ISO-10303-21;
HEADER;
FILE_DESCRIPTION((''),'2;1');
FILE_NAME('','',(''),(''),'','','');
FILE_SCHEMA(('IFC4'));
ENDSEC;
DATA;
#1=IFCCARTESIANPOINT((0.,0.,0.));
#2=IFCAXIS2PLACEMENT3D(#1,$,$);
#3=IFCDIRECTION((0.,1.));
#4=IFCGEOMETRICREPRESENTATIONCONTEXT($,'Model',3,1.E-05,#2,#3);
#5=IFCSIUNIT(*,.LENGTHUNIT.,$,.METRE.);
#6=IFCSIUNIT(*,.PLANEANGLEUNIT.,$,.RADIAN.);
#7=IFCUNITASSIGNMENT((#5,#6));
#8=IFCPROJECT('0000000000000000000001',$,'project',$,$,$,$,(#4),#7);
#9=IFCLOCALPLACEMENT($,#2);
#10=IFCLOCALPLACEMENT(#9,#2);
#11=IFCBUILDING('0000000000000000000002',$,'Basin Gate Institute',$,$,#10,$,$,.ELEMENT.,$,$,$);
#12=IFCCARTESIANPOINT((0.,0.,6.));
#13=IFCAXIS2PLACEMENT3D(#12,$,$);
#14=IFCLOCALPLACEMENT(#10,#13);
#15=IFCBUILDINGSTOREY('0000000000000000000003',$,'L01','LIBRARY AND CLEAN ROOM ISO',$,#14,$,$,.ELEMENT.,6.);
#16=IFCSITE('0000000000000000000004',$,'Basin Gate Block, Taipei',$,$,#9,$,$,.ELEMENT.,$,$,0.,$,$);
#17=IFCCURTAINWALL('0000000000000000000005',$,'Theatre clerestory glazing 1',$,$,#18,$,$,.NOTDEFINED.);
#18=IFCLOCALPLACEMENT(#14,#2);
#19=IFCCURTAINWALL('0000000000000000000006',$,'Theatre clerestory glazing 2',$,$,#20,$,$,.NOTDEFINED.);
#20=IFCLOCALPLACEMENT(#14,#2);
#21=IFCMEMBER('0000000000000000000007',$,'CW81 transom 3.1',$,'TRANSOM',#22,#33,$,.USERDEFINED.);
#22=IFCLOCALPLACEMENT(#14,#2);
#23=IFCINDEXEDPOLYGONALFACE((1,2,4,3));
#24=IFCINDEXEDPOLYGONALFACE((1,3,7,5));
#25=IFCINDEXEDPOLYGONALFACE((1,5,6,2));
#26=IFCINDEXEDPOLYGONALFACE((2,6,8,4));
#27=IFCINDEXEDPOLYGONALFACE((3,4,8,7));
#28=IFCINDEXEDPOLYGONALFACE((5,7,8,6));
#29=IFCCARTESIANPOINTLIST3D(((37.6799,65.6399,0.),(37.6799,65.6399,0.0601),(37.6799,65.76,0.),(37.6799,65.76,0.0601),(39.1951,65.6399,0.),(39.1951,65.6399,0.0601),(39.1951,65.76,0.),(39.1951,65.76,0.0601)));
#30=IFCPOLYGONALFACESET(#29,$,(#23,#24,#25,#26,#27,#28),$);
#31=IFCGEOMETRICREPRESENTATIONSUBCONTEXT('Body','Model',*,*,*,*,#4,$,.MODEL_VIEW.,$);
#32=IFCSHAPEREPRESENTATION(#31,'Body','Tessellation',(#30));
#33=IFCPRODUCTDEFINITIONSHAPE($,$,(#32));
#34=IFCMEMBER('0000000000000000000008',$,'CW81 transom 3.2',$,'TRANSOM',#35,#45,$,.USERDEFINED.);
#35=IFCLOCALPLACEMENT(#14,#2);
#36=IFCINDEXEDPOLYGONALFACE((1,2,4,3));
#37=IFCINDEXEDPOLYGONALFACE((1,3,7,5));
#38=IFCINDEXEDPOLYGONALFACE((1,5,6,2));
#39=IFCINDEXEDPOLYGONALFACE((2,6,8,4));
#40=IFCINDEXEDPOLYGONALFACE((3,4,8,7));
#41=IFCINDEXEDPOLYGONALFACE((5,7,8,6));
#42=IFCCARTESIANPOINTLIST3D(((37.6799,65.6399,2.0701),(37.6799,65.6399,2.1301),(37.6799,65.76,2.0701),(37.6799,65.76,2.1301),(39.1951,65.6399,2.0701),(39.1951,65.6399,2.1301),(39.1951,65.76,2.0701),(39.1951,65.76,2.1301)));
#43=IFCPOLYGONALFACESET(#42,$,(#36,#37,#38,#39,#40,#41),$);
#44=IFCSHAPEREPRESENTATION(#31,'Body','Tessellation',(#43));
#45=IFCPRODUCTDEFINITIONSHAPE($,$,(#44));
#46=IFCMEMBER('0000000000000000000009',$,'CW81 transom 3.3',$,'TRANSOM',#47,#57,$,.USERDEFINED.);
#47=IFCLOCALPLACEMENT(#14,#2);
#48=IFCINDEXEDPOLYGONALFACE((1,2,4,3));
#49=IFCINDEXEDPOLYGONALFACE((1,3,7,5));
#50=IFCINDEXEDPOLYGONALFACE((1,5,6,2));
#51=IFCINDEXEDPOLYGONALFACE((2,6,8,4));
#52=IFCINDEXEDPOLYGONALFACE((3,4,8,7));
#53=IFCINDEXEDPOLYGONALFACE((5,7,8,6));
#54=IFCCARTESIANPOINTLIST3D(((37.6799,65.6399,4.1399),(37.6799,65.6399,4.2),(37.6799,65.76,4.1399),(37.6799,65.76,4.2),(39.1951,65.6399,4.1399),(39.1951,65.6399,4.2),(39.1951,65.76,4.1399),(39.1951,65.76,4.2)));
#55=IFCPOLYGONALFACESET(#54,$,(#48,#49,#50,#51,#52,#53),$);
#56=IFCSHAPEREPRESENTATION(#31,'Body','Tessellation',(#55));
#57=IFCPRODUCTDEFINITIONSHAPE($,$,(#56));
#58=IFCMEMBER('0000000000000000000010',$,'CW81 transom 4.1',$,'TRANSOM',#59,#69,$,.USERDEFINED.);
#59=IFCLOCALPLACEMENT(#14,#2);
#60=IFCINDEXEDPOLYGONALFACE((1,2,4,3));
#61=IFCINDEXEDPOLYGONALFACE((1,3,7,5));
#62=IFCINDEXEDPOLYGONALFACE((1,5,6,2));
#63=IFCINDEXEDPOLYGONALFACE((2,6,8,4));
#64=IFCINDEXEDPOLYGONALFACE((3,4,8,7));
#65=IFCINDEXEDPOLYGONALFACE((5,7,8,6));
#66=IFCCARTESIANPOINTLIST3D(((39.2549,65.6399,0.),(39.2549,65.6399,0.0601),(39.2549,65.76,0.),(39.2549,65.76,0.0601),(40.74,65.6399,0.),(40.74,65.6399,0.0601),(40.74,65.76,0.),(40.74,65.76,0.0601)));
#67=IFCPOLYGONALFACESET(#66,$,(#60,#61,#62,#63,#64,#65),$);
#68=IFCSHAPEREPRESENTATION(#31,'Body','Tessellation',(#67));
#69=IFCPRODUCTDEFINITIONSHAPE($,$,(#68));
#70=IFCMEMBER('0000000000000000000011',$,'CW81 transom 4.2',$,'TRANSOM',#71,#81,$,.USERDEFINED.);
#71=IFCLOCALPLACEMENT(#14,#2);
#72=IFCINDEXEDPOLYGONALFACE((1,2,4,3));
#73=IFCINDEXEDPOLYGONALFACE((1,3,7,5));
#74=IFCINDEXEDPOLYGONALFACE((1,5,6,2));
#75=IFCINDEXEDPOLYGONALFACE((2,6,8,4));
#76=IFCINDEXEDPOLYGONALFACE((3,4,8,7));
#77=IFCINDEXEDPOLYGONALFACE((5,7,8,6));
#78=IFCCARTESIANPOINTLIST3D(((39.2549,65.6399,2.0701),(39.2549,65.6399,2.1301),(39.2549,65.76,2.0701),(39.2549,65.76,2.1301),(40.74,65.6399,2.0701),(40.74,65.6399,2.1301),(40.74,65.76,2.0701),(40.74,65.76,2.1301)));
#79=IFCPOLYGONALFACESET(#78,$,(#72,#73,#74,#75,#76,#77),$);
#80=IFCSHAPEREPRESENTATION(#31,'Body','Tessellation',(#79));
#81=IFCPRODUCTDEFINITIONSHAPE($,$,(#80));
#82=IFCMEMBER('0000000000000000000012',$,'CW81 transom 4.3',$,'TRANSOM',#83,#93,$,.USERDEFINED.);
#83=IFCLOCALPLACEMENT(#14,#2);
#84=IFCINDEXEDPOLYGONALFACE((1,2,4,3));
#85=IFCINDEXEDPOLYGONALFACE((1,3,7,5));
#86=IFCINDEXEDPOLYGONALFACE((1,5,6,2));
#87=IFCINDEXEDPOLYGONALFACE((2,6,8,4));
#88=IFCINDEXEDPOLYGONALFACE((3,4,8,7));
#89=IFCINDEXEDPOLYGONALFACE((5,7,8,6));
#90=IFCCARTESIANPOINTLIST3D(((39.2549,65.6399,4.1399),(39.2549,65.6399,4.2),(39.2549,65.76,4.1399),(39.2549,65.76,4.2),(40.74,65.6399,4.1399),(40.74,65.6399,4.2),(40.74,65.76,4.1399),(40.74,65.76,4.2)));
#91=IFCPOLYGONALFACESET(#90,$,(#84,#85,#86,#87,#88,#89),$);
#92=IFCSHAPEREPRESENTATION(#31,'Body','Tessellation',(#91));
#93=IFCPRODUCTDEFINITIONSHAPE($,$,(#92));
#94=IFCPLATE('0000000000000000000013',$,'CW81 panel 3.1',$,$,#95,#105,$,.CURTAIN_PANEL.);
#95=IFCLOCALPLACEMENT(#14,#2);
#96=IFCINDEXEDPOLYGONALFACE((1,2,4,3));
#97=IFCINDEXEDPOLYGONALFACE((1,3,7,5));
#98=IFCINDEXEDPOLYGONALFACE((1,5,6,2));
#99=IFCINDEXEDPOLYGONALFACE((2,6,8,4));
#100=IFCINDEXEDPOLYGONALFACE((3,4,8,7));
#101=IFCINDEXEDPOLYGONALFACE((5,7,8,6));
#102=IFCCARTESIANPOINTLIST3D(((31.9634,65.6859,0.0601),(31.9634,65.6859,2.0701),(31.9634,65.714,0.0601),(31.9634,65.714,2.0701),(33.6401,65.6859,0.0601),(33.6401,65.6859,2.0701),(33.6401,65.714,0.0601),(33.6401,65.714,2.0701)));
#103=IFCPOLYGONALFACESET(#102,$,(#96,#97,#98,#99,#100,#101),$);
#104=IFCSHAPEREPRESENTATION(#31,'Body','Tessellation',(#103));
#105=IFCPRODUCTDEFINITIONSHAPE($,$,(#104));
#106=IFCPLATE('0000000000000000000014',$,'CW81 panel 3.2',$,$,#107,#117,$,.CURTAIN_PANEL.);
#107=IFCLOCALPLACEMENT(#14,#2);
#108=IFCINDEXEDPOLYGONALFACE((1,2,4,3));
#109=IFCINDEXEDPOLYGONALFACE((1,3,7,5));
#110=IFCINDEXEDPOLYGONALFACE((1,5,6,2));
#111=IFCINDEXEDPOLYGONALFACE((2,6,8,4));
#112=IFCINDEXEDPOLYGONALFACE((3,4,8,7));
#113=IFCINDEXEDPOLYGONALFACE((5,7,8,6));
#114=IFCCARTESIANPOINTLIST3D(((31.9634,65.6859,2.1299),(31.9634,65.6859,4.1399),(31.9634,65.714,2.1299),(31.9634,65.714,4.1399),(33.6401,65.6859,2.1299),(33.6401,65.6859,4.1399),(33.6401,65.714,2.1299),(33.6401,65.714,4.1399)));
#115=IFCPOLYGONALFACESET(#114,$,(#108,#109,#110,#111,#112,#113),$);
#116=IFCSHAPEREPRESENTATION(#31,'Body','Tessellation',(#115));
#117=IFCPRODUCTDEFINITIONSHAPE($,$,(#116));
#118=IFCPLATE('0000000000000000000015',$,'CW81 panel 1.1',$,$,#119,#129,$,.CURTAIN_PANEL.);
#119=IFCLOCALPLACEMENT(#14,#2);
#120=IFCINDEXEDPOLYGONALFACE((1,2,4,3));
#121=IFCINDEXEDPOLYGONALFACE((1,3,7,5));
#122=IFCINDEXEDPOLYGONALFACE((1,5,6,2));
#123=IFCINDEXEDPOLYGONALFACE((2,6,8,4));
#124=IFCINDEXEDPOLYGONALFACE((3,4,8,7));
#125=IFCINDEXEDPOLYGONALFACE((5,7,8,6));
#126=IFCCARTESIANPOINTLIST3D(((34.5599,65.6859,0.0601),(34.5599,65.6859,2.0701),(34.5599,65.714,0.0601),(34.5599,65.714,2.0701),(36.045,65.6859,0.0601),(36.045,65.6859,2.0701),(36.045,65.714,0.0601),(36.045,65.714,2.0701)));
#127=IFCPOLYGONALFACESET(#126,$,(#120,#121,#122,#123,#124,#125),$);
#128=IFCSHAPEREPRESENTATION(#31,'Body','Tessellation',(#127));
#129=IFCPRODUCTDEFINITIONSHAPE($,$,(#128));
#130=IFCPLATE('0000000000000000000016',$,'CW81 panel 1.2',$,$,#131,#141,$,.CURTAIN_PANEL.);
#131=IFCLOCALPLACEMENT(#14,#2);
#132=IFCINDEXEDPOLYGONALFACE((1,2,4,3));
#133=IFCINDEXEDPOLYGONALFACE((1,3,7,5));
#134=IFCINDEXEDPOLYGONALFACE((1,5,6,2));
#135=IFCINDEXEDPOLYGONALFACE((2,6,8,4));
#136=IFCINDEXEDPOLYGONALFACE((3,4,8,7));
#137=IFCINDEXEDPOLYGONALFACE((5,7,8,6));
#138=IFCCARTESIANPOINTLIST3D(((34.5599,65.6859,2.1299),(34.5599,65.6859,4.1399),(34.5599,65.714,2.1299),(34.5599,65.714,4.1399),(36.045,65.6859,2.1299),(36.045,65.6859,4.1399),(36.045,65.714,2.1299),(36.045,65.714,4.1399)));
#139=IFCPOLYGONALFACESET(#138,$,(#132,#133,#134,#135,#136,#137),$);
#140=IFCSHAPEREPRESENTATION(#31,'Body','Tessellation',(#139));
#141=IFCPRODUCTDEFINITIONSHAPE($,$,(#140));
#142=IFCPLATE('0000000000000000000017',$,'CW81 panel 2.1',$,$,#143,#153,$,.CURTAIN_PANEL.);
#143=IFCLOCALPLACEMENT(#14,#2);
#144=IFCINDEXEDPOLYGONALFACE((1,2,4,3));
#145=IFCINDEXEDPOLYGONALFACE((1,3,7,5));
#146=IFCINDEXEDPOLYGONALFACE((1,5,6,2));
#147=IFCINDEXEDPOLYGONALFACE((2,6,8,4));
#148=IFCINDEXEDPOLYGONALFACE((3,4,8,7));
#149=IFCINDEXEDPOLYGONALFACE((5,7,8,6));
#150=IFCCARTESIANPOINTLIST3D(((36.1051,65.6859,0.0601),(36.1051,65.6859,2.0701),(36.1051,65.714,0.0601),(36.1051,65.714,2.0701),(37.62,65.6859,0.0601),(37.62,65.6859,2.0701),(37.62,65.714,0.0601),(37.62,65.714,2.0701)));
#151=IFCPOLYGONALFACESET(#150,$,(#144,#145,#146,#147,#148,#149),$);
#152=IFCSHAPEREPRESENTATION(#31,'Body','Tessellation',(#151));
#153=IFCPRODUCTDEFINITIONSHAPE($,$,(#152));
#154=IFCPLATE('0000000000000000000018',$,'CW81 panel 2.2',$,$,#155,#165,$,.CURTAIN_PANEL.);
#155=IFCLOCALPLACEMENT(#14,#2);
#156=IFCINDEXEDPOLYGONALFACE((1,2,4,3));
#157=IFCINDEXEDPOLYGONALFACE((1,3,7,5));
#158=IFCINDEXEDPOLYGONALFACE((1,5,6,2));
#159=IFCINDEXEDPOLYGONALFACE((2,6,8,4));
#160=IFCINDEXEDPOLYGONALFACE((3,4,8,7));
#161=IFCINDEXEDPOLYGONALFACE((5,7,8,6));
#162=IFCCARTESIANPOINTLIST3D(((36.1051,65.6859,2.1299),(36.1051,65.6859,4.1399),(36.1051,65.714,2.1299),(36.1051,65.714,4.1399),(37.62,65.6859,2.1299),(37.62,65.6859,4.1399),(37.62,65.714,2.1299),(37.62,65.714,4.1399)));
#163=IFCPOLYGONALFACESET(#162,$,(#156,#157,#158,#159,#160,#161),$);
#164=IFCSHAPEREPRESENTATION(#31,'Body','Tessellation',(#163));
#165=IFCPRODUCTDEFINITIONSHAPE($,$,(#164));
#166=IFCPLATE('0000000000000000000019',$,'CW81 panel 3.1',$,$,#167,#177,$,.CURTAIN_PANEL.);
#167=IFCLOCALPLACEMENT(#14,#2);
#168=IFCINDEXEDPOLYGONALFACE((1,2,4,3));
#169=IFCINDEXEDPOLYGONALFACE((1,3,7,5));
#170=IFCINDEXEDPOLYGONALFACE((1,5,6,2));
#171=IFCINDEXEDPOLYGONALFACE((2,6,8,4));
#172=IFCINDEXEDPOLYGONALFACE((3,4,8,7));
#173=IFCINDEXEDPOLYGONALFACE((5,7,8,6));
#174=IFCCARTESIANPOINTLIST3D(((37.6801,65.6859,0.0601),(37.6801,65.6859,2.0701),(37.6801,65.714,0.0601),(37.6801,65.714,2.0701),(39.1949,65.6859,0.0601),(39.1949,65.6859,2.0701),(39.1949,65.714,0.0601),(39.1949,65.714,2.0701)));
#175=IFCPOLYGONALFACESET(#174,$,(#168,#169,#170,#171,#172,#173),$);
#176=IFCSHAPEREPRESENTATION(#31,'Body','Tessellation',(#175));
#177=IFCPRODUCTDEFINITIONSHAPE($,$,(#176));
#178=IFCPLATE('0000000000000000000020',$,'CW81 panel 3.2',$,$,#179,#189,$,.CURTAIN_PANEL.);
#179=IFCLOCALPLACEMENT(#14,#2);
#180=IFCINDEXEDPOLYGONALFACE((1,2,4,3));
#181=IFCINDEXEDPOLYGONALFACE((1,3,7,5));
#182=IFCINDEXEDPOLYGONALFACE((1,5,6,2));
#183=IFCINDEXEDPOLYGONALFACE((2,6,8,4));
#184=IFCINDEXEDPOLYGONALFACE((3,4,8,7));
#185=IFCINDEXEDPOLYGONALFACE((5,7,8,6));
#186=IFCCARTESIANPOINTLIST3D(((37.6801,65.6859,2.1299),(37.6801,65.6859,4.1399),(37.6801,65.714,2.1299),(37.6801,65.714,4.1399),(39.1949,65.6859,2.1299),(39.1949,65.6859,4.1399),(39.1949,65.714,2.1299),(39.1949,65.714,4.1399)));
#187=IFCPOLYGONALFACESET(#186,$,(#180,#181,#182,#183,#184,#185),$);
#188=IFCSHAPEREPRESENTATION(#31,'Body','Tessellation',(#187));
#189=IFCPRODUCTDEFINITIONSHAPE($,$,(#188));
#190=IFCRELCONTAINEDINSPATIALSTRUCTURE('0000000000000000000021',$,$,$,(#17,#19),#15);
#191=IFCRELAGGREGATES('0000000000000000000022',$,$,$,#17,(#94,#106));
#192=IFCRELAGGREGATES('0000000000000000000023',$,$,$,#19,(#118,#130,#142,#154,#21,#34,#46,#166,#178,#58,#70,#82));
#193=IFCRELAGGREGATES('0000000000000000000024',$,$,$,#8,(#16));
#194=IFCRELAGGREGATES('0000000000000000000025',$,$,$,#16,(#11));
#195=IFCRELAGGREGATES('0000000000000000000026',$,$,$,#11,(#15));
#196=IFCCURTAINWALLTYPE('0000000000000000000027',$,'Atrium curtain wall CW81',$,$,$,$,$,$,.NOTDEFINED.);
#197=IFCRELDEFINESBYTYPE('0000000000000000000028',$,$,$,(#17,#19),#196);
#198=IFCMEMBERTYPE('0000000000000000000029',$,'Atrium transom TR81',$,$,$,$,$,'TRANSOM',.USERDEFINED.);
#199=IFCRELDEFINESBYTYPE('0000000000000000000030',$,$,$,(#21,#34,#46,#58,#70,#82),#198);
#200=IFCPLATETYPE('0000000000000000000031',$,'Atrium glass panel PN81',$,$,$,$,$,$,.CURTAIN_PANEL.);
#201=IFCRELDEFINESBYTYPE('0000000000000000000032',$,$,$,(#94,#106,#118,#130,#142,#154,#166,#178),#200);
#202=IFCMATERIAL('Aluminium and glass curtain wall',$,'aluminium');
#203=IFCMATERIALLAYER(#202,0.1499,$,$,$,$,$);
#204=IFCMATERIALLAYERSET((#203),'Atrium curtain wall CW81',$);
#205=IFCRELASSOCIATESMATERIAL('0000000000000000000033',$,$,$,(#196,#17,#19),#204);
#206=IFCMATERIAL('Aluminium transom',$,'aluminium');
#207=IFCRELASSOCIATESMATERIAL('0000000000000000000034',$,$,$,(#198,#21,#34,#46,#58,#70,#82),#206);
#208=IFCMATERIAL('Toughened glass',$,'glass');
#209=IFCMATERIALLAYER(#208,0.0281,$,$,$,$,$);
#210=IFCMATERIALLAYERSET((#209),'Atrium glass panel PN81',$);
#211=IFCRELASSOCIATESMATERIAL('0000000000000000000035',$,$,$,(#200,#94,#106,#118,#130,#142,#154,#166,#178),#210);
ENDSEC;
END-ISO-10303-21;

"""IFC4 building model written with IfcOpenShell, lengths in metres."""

from ifc_helpers import new_model, si_unit, direction, frame, origin, origin_2d, place, context, subcontext, project, spatial, rectangle, extrude, material, layer, layer_set, material_profile, profile_set, type_object, element, aggregate, save


model = new_model("IFC4")

# Units and contexts
model_context = context("Model", 3, precision=1e-05, world=origin(), true_north=direction((0.0, 1.0)))
body_context = subcontext(model_context, "Body", "Model", "MODEL_VIEW")
ifc_project = project(units=[si_unit("LENGTHUNIT", "METRE"), si_unit("PLANEANGLEUNIT", "RADIAN")], contexts=[model_context])

# Site, building, storey
site_placement = place(None, origin())
site = spatial("IfcSite", under=ifc_project, at=site_placement, Name="Basin Gate Block, Taipei", CompositionType="ELEMENT", RefElevation=0.0)
building_placement = place(site_placement, origin())
building = spatial("IfcBuilding", under=site, at=building_placement, Name="Basin Gate Institute", CompositionType="ELEMENT")
storey_placement = place(building_placement, frame((0.0, 0.0, 6.0)))
storey = spatial("IfcBuildingStorey", under=building, at=storey_placement, Name="L01", Description="LIBRARY AND CLEAN ROOM ISO", CompositionType="ELEMENT", Elevation=6.0)

# Curtain wall
ifc_material_1 = material(Name="Aluminium and glass curtain wall", Category="aluminium")
ifc_layer_1 = layer(ifc_material_1, 0.1499)
ifc_layer_set_1 = layer_set([ifc_layer_1], Name="Atrium curtain wall CW81")
curtain_wall_type = type_object("IfcCurtainWallType", Name="Atrium curtain wall CW81", PredefinedType="NOTDEFINED", material=ifc_layer_set_1)
curtain_wall_1_placement = place(storey_placement, origin())
curtain_wall_1 = element("IfcCurtainWall", 1, at=curtain_wall_1_placement, inside=storey, type_object=curtain_wall_type, material=ifc_layer_set_1, Name="Theatre clerestory glazing 1", PredefinedType="NOTDEFINED")

# Curtain wall, members
curtain_wall_2_placement = place(storey_placement, origin())
curtain_wall_2 = element("IfcCurtainWall", 2, at=curtain_wall_2_placement, inside=storey, type_object=curtain_wall_type, material=ifc_layer_set_1, Name="Theatre clerestory glazing 2", PredefinedType="NOTDEFINED")
ifc_material_2 = material(Name="Aluminium transom", Category="aluminium")
ifc_material_profile_1 = material_profile(ifc_material_2, rectangle(XDim=0.1201, YDim=0.0601, at=origin_2d()), Name="Atrium transom TR81 120 x 60")
ifc_profile_set_1 = profile_set([ifc_material_profile_1], Name="Aluminium transom")
member_type_1 = type_object("IfcMemberType", Name="Atrium transom TR81", ElementType="TRANSOM", PredefinedType="USERDEFINED", material=ifc_profile_set_1)
member_1_placement = place(storey_placement, frame((37.6799, 65.7, 0.03), z_axis=(1.0, 0.0, 0.0), x_axis=(0.0, 1.0, 0.0)))
member_1 = element("IfcMember", 3, at=member_1_placement, type_object=member_type_1, material=ifc_profile_set_1, Name="CW81 transom 3.1", ObjectType="TRANSOM", PredefinedType="USERDEFINED", context=body_context, shape_type="SweptSolid", body=[
    extrude(rectangle(XDim=0.1201, YDim=0.0601, at=origin_2d()), origin(), (0.0, 0.0, 1.0), 1.5151),
])
member_2_placement = place(storey_placement, frame((37.6799, 65.7, 2.1001), z_axis=(1.0, 0.0, 0.0), x_axis=(0.0, 1.0, 0.0)))
member_2 = element("IfcMember", 4, at=member_2_placement, type_object=member_type_1, material=ifc_profile_set_1, Name="CW81 transom 3.2", ObjectType="TRANSOM", PredefinedType="USERDEFINED", context=body_context, shape_type="SweptSolid", body=[
    extrude(rectangle(XDim=0.1201, YDim=0.0601, at=origin_2d()), origin(), (0.0, 0.0, 1.0), 1.5151),
])
member_3_placement = place(storey_placement, frame((37.6799, 65.7, 4.1699), z_axis=(1.0, 0.0, 0.0), x_axis=(0.0, 1.0, 0.0)))
member_3 = element("IfcMember", 5, at=member_3_placement, type_object=member_type_1, material=ifc_profile_set_1, Name="CW81 transom 3.3", ObjectType="TRANSOM", PredefinedType="USERDEFINED", context=body_context, shape_type="SweptSolid", body=[
    extrude(rectangle(XDim=0.1201, YDim=0.0601, at=origin_2d()), origin(), (0.0, 0.0, 1.0), 1.5151),
])
member_4_placement = place(storey_placement, frame((39.2549, 65.7, 0.03), z_axis=(1.0, 0.0, 0.0), x_axis=(0.0, 1.0, 0.0)))
member_4 = element("IfcMember", 6, at=member_4_placement, type_object=member_type_1, material=ifc_profile_set_1, Name="CW81 transom 4.1", ObjectType="TRANSOM", PredefinedType="USERDEFINED", context=body_context, shape_type="SweptSolid", body=[
    extrude(rectangle(XDim=0.1201, YDim=0.0601, at=origin_2d()), origin(), (0.0, 0.0, 1.0), 1.4851),
])
member_5_placement = place(storey_placement, frame((39.2549, 65.7, 2.1001), z_axis=(1.0, 0.0, 0.0), x_axis=(0.0, 1.0, 0.0)))
member_5 = element("IfcMember", 7, at=member_5_placement, type_object=member_type_1, material=ifc_profile_set_1, Name="CW81 transom 4.2", ObjectType="TRANSOM", PredefinedType="USERDEFINED", context=body_context, shape_type="SweptSolid", body=[
    extrude(rectangle(XDim=0.1201, YDim=0.0601, at=origin_2d()), origin(), (0.0, 0.0, 1.0), 1.4851),
])
member_6_placement = place(storey_placement, frame((39.2549, 65.7, 4.1699), z_axis=(1.0, 0.0, 0.0), x_axis=(0.0, 1.0, 0.0)))
member_6 = element("IfcMember", 8, at=member_6_placement, type_object=member_type_1, material=ifc_profile_set_1, Name="CW81 transom 4.3", ObjectType="TRANSOM", PredefinedType="USERDEFINED", context=body_context, shape_type="SweptSolid", body=[
    extrude(rectangle(XDim=0.1201, YDim=0.0601, at=origin_2d()), origin(), (0.0, 0.0, 1.0), 1.4851),
])

# Plates
ifc_material_3 = material(Name="Toughened glass", Category="glass")
ifc_layer_2 = layer(ifc_material_3, 0.0281)
ifc_layer_set_2 = layer_set([ifc_layer_2], Name="Atrium glass panel PN81")
plate_type = type_object("IfcPlateType", Name="Atrium glass panel PN81", PredefinedType="CURTAIN_PANEL", material=ifc_layer_set_2)
plate_1_placement = place(storey_placement, frame((32.8018, 65.7, 0.0601), z_axis=(0.0, 0.0, 1.0), x_axis=(1.0, 0.0, 0.0)))
plate_1 = element("IfcPlate", 9, at=plate_1_placement, type_object=plate_type, material=ifc_layer_set_2, Name="CW81 panel 3.1", PredefinedType="CURTAIN_PANEL", context=body_context, shape_type="SweptSolid", body=[
    extrude(rectangle(XDim=1.6768, YDim=0.0281, at=origin_2d()), origin(), (0.0, 0.0, 1.0), 2.01),
])
plate_2_placement = place(storey_placement, frame((32.8018, 65.7, 2.1299), z_axis=(0.0, 0.0, 1.0), x_axis=(1.0, 0.0, 0.0)))
plate_2 = element("IfcPlate", 10, at=plate_2_placement, type_object=plate_type, material=ifc_layer_set_2, Name="CW81 panel 3.2", PredefinedType="CURTAIN_PANEL", context=body_context, shape_type="SweptSolid", body=[
    extrude(rectangle(XDim=1.6768, YDim=0.0281, at=origin_2d()), origin(), (0.0, 0.0, 1.0), 2.01),
])
aggregate(curtain_wall_1, [plate_1, plate_2])
plate_3_placement = place(storey_placement, frame((35.3025, 65.7, 0.0601), z_axis=(0.0, 0.0, 1.0), x_axis=(1.0, 0.0, 0.0)))
plate_3 = element("IfcPlate", 11, at=plate_3_placement, type_object=plate_type, material=ifc_layer_set_2, Name="CW81 panel 1.1", PredefinedType="CURTAIN_PANEL", context=body_context, shape_type="SweptSolid", body=[
    extrude(rectangle(XDim=1.4851, YDim=0.0281, at=origin_2d()), origin(), (0.0, 0.0, 1.0), 2.01),
])
plate_4_placement = place(storey_placement, frame((35.3025, 65.7, 2.1299), z_axis=(0.0, 0.0, 1.0), x_axis=(1.0, 0.0, 0.0)))
plate_4 = element("IfcPlate", 12, at=plate_4_placement, type_object=plate_type, material=ifc_layer_set_2, Name="CW81 panel 1.2", PredefinedType="CURTAIN_PANEL", context=body_context, shape_type="SweptSolid", body=[
    extrude(rectangle(XDim=1.4851, YDim=0.0281, at=origin_2d()), origin(), (0.0, 0.0, 1.0), 2.01),
])
plate_5_placement = place(storey_placement, frame((36.8625, 65.7, 0.0601), z_axis=(0.0, 0.0, 1.0), x_axis=(1.0, 0.0, 0.0)))
plate_5 = element("IfcPlate", 13, at=plate_5_placement, type_object=plate_type, material=ifc_layer_set_2, Name="CW81 panel 2.1", PredefinedType="CURTAIN_PANEL", context=body_context, shape_type="SweptSolid", body=[
    extrude(rectangle(XDim=1.5149, YDim=0.0281, at=origin_2d()), origin(), (0.0, 0.0, 1.0), 2.01),
])
plate_6_placement = place(storey_placement, frame((36.8625, 65.7, 2.1299), z_axis=(0.0, 0.0, 1.0), x_axis=(1.0, 0.0, 0.0)))
plate_6 = element("IfcPlate", 14, at=plate_6_placement, type_object=plate_type, material=ifc_layer_set_2, Name="CW81 panel 2.2", PredefinedType="CURTAIN_PANEL", context=body_context, shape_type="SweptSolid", body=[
    extrude(rectangle(XDim=1.5149, YDim=0.0281, at=origin_2d()), origin(), (0.0, 0.0, 1.0), 2.01),
])
plate_7_placement = place(storey_placement, frame((38.4375, 65.7, 0.0601), z_axis=(0.0, 0.0, 1.0), x_axis=(1.0, 0.0, 0.0)))
plate_7 = element("IfcPlate", 15, at=plate_7_placement, type_object=plate_type, material=ifc_layer_set_2, Name="CW81 panel 3.1", PredefinedType="CURTAIN_PANEL", context=body_context, shape_type="SweptSolid", body=[
    extrude(rectangle(XDim=1.5149, YDim=0.0281, at=origin_2d()), origin(), (0.0, 0.0, 1.0), 2.01),
])
plate_8_placement = place(storey_placement, frame((38.4375, 65.7, 2.1299), z_axis=(0.0, 0.0, 1.0), x_axis=(1.0, 0.0, 0.0)))
plate_8 = element("IfcPlate", 16, at=plate_8_placement, type_object=plate_type, material=ifc_layer_set_2, Name="CW81 panel 3.2", PredefinedType="CURTAIN_PANEL", context=body_context, shape_type="SweptSolid", body=[
    extrude(rectangle(XDim=1.5149, YDim=0.0281, at=origin_2d()), origin(), (0.0, 0.0, 1.0), 2.01),
])
aggregate(curtain_wall_2, [plate_3, plate_4, plate_5, plate_6, member_1, member_2, member_3, plate_7, plate_8, member_4, member_5, member_6])

save(model, "model.ifc")
